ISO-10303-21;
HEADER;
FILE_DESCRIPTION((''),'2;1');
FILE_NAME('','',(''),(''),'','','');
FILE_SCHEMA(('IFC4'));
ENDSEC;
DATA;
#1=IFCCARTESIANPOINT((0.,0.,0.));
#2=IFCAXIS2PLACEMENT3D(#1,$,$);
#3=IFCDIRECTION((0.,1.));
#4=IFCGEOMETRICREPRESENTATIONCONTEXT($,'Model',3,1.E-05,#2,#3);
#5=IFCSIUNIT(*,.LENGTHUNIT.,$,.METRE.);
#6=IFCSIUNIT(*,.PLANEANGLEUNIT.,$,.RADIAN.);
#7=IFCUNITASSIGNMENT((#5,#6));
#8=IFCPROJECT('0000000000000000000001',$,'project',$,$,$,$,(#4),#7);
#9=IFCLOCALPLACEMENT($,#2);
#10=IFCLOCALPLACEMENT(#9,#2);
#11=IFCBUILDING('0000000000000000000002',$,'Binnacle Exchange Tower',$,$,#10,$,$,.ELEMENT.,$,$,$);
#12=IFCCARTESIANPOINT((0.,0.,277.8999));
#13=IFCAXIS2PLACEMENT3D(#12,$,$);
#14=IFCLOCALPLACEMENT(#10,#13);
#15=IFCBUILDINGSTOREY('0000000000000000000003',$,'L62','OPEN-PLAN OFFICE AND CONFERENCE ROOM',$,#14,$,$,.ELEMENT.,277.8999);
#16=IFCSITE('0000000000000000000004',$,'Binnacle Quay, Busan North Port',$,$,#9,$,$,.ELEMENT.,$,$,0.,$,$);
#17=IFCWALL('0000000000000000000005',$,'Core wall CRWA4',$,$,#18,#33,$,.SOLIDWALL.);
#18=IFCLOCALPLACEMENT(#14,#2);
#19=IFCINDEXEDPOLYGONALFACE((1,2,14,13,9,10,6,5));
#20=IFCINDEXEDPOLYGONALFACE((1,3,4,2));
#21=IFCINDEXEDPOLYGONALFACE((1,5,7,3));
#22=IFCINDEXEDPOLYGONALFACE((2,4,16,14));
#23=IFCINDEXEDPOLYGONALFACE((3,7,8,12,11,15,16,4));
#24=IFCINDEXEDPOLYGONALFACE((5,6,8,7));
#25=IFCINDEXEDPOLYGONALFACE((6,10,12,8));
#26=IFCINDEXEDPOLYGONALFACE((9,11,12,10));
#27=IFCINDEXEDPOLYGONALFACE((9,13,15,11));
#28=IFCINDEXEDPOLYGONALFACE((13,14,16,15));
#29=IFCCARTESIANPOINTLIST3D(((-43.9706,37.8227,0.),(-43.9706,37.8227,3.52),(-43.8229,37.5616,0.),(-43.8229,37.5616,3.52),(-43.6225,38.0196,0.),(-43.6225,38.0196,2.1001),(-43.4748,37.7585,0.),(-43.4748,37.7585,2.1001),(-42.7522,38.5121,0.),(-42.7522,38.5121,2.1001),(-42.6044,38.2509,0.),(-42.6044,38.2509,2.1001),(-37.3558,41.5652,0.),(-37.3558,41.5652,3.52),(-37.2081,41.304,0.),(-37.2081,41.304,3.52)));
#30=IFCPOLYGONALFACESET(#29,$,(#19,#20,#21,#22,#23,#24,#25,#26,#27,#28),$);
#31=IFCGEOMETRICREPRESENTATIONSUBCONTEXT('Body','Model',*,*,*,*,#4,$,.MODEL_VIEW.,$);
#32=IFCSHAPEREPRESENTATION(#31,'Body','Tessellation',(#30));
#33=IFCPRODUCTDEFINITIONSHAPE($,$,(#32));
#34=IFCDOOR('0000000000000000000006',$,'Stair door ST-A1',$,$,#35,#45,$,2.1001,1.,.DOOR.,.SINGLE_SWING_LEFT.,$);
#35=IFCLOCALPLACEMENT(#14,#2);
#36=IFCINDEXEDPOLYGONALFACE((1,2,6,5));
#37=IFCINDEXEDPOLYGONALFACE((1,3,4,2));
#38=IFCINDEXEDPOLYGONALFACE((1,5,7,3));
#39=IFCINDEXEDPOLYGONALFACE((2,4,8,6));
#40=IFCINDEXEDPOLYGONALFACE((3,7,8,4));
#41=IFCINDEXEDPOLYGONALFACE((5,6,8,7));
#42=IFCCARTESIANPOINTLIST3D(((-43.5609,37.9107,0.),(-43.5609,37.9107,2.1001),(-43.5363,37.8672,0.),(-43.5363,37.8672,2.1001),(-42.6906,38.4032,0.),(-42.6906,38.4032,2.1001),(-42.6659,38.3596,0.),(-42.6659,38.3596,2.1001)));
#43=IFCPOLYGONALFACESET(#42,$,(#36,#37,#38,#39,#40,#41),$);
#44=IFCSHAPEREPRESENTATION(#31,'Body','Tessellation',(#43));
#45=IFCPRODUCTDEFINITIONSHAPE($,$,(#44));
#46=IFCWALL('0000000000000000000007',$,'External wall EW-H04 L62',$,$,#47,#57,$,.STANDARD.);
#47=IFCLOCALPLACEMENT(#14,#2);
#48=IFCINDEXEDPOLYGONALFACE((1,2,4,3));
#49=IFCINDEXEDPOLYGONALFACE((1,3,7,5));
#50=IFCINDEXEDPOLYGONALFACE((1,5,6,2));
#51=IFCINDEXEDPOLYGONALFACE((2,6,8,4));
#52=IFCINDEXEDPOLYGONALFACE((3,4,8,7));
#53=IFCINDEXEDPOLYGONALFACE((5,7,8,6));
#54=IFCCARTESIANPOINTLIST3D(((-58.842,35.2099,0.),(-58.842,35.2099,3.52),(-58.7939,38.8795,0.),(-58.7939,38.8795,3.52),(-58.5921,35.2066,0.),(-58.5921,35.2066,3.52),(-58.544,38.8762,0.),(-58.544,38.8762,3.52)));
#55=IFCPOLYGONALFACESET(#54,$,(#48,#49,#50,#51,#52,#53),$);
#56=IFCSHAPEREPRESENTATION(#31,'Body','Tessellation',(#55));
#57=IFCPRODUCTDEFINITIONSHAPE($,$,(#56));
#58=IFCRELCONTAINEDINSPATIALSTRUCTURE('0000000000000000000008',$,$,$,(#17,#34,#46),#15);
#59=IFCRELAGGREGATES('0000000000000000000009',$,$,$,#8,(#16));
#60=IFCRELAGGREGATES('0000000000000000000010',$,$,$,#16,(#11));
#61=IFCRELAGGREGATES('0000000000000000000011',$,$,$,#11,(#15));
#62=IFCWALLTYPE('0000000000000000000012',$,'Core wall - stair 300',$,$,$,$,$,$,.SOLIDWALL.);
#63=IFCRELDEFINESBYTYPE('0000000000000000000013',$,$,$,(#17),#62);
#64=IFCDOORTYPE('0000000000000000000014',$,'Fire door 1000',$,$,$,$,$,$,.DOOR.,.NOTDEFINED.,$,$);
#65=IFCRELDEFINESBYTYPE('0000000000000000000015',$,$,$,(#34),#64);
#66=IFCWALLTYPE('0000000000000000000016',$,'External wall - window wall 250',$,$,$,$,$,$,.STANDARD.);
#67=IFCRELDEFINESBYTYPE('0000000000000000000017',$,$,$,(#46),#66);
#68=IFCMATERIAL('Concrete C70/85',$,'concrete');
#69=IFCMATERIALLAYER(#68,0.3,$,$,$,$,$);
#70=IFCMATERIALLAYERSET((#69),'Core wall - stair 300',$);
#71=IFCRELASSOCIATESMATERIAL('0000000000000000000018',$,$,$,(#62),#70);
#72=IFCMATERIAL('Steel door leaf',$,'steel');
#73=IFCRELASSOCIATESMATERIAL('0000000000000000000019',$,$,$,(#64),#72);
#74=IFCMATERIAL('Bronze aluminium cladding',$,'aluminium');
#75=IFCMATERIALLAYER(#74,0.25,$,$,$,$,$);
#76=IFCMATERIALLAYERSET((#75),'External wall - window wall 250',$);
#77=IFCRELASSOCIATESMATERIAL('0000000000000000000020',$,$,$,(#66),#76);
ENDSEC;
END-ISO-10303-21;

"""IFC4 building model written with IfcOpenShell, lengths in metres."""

from ifc_helpers import new_model, si_unit, direction, frame, frame_2d, origin, place, context, subcontext, project, spatial, rectangle, extrude, material, layer, layer_set, type_object, element, fill, save


model = new_model("IFC4")

# Units and contexts
model_context = context("Model", 3, precision=1e-05, world=origin(), true_north=direction((0.0, 1.0)))
body_context = subcontext(model_context, "Body", "Model", "MODEL_VIEW")
ifc_project = project(units=[si_unit("LENGTHUNIT", "METRE"), si_unit("PLANEANGLEUNIT", "RADIAN")], contexts=[model_context])

# Site, building, storey
site_placement = place(None, origin())
site = spatial("IfcSite", under=ifc_project, at=site_placement, Name="Binnacle Quay, Busan North Port", CompositionType="ELEMENT", RefElevation=0.0)
building_placement = place(site_placement, origin())
building = spatial("IfcBuilding", under=site, at=building_placement, Name="Binnacle Exchange Tower", CompositionType="ELEMENT")
storey_placement = place(building_placement, frame((0.0, 0.0, 277.8999)))
storey = spatial("IfcBuildingStorey", under=building, at=storey_placement, Name="L62", Description="OPEN-PLAN OFFICE AND CONFERENCE ROOM", CompositionType="ELEMENT", Elevation=277.8999)

# Wall, opening, door
ifc_material_1 = material(Name="Concrete C70/85", Category="concrete")
ifc_layer_1 = layer(ifc_material_1, 0.3)
ifc_layer_set_1 = layer_set([ifc_layer_1], Name="Core wall - stair 300")
wall_type_1 = type_object("IfcWallType", Name="Core wall - stair 300", PredefinedType="SOLIDWALL", material=ifc_layer_set_1)
wall_1_placement = place(storey_placement, frame((-43.8967, 37.6921, 0.0), z_axis=(0.0, 0.0, 1.0), x_axis=(0.870356, 0.492422, 0.0)))
wall_1 = element("IfcWall", 1, at=wall_1_placement, inside=storey, type_object=wall_type_1, Name="Core wall CRWA4", PredefinedType="SOLIDWALL", context=body_context, shape_type="SweptSolid", body=[
    extrude(rectangle(XDim=7.6001, YDim=0.3, at=frame_2d((3.8, 0.0))), origin(), (0.0, 0.0, 1.0), 3.52),
])
opening_1_placement = place(wall_1_placement, frame((0.3999, 0.0, 0.0)))
opening_1 = element("IfcOpeningElement", 2, at=opening_1_placement, cuts=wall_1, PredefinedType="OPENING", context=body_context, shape_type="SweptSolid", body=[
    extrude(rectangle(XDim=1.0, YDim=2.1001, at=frame_2d((0.5, 1.05))), frame((0.0, 0.1599, 0.0), z_axis=(0.0, -1.0, 0.0), x_axis=(1.0, 0.0, 0.0)), (0.0, 0.0, 1.0), 0.3201),
])
ifc_material_2 = material(Name="Steel door leaf", Category="steel")
door_type_1 = type_object("IfcDoorType", Name="Fire door 1000", OperationType="NOTDEFINED", PredefinedType="DOOR", material=ifc_material_2)
door_1_placement = place(opening_1_placement, origin())
door_1 = element("IfcDoor", 3, at=door_1_placement, inside=storey, type_object=door_type_1, Name="Stair door ST-A1", OperationType="SINGLE_SWING_LEFT", OverallHeight=2.1001, OverallWidth=1.0, PredefinedType="DOOR", context=body_context, shape_type="SweptSolid", body=[
    extrude(rectangle(XDim=1.0, YDim=2.1001, at=frame_2d((0.5, 1.05))), frame((0.0, 0.0249, 0.0), z_axis=(0.0, -1.0, 0.0), x_axis=(1.0, 0.0, 0.0)), (0.0, 0.0, 1.0), 0.05),
])
fill(opening_1, door_1)

# Wall
ifc_material_3 = material(Name="Bronze aluminium cladding", Category="aluminium")
ifc_layer_2 = layer(ifc_material_3, 0.25)
ifc_layer_set_2 = layer_set([ifc_layer_2], Name="External wall - window wall 250")
wall_type_2 = type_object("IfcWallType", Name="External wall - window wall 250", PredefinedType="STANDARD", material=ifc_layer_set_2)
wall_2_placement = place(storey_placement, frame((-58.717, 35.2083, 0.0), z_axis=(0.0, 0.0, 1.0), x_axis=(0.013105, 0.999914, 0.0)))
element("IfcWall", 4, at=wall_2_placement, inside=storey, type_object=wall_type_2, Name="External wall EW-H04 L62", PredefinedType="STANDARD", context=body_context, shape_type="SweptSolid", body=[
    extrude(rectangle(XDim=3.6699, YDim=0.25, at=frame_2d((1.835, 0.0))), origin(), (0.0, 0.0, 1.0), 3.52),
])

save(model, "model.ifc")
